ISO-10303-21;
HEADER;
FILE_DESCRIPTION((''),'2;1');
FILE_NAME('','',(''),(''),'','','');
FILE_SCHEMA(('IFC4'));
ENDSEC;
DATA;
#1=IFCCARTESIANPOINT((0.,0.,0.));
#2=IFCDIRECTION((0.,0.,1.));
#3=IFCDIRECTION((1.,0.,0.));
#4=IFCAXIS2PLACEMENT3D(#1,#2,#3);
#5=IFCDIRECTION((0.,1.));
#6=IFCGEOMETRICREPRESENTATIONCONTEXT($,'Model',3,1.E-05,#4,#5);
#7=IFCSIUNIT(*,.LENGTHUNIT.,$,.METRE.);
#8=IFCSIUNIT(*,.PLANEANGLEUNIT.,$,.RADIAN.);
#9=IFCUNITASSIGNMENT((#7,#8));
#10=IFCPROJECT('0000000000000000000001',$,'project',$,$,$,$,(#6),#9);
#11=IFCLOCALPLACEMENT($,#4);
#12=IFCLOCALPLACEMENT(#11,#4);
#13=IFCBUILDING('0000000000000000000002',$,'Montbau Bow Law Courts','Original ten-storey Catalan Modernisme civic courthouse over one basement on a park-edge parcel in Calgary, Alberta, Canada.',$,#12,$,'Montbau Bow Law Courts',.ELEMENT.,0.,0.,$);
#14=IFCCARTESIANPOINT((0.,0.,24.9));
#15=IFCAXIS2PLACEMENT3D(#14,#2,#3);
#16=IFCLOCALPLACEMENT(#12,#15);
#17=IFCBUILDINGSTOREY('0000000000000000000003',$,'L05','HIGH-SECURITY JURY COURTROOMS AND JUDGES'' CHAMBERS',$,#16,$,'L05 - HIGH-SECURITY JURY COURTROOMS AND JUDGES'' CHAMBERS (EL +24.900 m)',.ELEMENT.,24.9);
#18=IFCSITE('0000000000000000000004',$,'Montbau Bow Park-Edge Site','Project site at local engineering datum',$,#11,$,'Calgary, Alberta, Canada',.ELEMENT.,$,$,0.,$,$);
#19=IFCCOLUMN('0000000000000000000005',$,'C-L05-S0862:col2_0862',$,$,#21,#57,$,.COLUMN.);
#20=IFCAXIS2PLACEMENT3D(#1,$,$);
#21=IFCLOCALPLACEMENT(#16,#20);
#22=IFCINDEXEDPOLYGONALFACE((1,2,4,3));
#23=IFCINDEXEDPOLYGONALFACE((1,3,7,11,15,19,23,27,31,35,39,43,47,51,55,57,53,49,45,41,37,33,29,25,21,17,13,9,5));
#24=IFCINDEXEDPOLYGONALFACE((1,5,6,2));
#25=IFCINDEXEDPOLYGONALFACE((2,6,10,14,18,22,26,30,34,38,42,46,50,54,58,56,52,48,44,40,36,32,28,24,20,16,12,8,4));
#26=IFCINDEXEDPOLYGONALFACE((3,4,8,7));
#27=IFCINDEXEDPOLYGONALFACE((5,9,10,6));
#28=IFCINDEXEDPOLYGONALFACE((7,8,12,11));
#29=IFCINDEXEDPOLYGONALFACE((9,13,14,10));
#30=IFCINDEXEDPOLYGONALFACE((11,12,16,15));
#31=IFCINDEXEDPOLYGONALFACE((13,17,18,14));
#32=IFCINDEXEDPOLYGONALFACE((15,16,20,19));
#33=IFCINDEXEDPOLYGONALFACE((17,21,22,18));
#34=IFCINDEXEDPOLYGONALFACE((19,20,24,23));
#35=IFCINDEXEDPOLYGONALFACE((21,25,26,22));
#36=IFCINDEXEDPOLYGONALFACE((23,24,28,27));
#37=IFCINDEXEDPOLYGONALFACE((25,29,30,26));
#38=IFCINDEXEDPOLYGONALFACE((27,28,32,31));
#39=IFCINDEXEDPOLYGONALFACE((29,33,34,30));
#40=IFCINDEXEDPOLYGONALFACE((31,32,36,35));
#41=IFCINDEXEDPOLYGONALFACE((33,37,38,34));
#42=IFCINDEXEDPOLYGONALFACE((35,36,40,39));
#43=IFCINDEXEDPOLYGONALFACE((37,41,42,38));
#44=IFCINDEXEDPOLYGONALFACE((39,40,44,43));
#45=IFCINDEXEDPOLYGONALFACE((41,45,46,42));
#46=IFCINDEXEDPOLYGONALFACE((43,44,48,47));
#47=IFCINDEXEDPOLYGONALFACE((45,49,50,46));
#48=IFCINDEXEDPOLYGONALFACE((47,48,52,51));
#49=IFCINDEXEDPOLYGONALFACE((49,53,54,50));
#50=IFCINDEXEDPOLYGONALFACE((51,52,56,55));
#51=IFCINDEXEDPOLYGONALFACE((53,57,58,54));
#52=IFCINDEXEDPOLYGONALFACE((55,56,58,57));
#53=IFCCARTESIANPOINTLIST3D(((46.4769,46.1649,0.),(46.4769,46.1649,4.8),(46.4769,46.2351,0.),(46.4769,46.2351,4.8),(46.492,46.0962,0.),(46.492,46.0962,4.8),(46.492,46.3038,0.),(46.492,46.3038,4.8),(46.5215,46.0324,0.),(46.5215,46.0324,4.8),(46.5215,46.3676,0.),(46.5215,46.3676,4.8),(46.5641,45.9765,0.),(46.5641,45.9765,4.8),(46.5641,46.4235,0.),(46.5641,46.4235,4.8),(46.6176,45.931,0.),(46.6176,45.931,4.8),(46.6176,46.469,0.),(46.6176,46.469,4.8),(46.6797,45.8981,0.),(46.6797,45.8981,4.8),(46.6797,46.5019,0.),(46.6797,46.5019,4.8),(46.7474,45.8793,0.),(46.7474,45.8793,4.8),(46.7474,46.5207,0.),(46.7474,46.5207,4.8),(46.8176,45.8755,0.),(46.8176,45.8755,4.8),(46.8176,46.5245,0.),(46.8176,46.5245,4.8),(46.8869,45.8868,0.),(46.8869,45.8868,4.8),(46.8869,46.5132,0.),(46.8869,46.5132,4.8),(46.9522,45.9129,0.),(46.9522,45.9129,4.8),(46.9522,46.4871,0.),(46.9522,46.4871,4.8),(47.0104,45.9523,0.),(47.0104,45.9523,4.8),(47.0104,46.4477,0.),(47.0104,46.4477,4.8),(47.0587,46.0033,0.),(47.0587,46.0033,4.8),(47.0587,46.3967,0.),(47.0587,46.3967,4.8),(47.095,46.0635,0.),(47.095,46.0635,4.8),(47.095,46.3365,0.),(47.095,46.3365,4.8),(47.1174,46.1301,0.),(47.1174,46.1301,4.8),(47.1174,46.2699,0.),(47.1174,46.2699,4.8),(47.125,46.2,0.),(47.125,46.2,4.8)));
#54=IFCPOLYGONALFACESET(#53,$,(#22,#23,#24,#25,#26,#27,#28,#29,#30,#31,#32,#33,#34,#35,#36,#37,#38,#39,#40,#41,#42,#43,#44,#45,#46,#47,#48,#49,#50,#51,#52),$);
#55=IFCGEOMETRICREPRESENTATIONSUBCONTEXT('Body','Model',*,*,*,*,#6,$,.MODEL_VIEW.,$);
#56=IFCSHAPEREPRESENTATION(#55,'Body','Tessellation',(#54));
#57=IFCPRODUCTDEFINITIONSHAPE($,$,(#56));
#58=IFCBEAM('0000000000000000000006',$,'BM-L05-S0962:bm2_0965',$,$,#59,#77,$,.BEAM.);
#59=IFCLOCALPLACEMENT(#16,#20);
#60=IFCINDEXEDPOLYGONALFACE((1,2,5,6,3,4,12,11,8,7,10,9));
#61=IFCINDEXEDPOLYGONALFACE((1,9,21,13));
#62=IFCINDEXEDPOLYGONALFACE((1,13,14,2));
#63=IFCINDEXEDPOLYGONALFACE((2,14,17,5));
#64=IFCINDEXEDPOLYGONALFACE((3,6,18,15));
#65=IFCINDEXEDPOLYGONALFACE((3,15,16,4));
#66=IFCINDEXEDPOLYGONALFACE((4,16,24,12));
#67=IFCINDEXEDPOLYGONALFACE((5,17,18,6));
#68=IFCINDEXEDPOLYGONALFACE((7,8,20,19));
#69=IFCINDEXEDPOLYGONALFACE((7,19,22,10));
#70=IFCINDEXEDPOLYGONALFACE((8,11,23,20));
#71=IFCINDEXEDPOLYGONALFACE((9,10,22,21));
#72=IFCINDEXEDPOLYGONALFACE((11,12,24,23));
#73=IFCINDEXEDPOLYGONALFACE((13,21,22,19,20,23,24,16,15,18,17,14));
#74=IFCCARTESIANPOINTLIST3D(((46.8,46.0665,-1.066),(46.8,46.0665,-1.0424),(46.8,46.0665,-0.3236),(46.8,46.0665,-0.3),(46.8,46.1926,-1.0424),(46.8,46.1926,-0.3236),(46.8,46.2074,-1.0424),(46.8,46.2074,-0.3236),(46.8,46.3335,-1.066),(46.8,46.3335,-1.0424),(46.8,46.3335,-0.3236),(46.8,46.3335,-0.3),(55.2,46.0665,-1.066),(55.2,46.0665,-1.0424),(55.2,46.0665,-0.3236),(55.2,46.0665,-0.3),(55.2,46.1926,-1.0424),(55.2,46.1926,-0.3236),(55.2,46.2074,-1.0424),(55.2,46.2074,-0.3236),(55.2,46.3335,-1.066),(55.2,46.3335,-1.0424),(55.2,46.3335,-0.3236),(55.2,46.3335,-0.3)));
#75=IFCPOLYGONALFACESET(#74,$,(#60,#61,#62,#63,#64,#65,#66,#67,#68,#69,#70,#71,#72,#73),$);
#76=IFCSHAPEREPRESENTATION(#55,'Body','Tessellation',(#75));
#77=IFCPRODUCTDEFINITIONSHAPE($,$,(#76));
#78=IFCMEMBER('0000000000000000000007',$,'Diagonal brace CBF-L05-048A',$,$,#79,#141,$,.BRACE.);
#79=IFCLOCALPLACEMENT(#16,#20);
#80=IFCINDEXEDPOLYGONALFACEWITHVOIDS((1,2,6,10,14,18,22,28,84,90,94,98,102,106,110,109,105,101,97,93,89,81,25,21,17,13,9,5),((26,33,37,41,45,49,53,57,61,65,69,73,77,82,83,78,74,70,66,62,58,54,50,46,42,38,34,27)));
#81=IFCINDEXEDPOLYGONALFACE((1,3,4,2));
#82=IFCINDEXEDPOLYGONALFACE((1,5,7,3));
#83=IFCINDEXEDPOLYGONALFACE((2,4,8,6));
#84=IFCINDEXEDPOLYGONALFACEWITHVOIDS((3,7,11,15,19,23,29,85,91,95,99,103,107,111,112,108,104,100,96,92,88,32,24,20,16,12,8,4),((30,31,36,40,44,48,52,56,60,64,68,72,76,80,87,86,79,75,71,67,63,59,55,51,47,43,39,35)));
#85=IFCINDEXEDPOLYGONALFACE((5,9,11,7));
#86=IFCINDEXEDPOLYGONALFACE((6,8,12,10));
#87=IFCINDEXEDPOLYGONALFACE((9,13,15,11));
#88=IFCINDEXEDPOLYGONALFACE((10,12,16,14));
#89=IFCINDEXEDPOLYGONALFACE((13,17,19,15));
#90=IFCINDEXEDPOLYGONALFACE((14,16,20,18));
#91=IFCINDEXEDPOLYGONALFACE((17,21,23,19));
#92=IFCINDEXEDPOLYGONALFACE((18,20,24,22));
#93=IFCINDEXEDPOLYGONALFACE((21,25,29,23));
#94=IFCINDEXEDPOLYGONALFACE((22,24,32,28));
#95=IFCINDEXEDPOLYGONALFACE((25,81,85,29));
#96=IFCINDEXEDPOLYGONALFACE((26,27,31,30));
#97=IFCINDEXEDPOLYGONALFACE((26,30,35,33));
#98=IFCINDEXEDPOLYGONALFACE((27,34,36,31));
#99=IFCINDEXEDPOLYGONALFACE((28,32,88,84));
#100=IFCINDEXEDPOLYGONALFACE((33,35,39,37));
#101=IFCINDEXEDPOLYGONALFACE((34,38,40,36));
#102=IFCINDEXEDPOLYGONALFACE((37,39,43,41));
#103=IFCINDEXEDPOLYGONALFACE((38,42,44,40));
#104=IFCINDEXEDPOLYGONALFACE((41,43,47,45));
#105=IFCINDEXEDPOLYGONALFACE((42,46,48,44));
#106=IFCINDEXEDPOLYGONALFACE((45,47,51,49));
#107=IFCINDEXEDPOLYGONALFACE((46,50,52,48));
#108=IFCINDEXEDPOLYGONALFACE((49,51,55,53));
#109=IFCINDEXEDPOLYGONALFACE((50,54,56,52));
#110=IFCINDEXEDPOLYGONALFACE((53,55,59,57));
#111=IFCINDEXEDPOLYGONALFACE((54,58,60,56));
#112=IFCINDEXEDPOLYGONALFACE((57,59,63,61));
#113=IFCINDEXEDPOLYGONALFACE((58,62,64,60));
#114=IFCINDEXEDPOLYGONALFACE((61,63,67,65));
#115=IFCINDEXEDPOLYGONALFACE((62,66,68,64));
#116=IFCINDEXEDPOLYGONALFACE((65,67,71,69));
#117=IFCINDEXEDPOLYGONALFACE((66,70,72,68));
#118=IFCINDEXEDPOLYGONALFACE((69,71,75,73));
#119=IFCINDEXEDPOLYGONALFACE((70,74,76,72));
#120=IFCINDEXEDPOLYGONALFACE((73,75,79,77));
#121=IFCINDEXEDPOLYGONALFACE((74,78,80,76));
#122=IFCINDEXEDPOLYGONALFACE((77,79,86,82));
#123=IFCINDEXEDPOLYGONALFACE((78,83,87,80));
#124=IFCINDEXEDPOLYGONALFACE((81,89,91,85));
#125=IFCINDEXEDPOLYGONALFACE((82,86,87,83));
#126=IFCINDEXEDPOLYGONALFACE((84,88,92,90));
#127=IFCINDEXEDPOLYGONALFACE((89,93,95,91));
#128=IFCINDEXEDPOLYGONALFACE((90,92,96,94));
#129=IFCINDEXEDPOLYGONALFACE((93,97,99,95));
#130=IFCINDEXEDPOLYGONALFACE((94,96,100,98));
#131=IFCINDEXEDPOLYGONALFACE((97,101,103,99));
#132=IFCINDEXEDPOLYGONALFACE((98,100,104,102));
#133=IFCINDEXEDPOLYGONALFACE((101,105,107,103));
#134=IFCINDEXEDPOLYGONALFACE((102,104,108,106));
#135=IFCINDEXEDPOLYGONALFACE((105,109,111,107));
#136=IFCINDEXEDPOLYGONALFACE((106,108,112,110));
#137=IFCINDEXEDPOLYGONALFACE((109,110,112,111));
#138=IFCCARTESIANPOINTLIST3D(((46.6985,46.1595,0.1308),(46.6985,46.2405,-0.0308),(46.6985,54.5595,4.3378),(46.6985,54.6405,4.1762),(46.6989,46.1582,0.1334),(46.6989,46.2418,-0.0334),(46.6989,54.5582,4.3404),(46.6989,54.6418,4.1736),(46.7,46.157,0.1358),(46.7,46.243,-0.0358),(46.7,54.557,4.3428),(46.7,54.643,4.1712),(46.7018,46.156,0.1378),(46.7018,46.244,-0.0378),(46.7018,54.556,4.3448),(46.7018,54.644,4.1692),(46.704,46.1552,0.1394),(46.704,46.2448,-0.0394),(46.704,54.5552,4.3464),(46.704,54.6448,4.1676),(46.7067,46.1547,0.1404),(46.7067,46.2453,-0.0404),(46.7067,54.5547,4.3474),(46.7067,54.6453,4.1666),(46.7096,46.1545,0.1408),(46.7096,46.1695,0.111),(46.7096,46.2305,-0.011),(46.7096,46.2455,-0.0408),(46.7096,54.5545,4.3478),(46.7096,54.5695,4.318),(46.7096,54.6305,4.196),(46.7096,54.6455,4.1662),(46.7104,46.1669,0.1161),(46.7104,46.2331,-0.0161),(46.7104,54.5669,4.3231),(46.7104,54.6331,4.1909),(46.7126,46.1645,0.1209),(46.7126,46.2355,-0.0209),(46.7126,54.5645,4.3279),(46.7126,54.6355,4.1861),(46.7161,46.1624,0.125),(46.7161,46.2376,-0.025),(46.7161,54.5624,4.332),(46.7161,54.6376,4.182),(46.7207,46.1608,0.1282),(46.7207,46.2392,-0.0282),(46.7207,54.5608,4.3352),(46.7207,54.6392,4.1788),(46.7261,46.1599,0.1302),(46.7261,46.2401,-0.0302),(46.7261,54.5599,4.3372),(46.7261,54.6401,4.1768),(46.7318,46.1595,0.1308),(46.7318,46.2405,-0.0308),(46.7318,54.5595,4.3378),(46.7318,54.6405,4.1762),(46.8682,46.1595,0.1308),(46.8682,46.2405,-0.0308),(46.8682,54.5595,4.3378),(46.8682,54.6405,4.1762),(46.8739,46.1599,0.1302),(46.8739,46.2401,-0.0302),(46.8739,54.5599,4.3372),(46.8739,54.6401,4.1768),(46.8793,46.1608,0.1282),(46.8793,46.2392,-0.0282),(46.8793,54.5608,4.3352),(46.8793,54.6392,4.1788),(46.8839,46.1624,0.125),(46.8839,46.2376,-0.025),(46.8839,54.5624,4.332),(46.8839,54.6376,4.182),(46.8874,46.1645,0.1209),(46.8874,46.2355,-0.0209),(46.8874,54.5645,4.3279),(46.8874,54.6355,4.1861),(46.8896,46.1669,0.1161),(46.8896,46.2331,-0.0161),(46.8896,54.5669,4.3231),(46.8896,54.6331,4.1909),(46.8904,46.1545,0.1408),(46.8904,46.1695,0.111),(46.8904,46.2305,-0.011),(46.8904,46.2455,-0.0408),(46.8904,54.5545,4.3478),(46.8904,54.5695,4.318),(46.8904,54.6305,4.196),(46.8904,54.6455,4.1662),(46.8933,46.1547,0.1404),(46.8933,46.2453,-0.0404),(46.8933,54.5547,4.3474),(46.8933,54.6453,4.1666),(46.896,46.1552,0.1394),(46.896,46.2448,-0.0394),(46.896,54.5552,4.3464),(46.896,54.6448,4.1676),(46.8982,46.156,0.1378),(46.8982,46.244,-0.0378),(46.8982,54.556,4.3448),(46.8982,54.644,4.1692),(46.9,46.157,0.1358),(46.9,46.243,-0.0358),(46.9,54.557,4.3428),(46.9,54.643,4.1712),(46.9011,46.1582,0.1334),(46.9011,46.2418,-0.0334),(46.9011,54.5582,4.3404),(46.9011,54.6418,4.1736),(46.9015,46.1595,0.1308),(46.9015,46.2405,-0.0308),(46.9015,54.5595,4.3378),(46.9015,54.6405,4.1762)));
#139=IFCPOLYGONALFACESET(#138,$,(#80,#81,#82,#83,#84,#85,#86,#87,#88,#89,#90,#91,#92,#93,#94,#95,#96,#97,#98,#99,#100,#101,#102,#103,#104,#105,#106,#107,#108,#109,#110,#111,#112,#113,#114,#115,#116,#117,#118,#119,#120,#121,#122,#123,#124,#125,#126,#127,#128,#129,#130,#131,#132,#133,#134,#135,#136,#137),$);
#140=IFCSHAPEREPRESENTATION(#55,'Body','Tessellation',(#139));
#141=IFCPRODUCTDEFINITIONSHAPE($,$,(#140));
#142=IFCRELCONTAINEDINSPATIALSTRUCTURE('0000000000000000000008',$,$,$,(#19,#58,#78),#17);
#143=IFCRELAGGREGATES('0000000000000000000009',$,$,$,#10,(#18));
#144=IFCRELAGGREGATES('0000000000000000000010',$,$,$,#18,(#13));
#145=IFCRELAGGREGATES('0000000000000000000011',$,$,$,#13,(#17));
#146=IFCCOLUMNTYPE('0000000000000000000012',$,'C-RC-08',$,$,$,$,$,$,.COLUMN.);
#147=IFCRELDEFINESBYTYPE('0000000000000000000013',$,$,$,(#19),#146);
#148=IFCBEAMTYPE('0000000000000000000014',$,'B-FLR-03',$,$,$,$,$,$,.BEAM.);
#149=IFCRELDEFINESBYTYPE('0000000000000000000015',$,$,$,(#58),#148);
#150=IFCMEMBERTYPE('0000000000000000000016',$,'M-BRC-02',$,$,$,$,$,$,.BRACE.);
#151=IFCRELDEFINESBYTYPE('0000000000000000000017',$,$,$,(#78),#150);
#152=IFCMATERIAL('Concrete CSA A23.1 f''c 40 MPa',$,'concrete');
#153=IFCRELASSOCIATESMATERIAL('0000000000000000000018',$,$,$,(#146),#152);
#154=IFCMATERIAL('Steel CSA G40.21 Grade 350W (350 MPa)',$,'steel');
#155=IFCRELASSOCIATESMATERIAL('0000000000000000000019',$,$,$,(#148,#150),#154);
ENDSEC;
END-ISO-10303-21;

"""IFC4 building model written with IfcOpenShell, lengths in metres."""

from ifc_helpers import new_model, si_unit, direction, frame, origin_with_axes, origin_2d_with_axis, place, context, subcontext, project, spatial, hollow_rectangle, circle, i_section, extrude, material, material_profile, profile_set, type_object, element, save


model = new_model("IFC4")

# Units and contexts
model_context = context("Model", 3, precision=1e-05, world=origin_with_axes(), true_north=direction((0.0, 1.0)))
body_context = subcontext(model_context, "Body", "Model", "MODEL_VIEW")
ifc_project = project(units=[si_unit("LENGTHUNIT", "METRE"), si_unit("PLANEANGLEUNIT", "RADIAN")], contexts=[model_context])

# Site, building, storey
site_placement = place(None, origin_with_axes())
site = spatial("IfcSite", under=ifc_project, at=site_placement, Name="Montbau Bow Park-Edge Site", Description="Project site at local engineering datum", LongName="Calgary, Alberta, Canada", CompositionType="ELEMENT", RefElevation=0.0)
building_placement = place(site_placement, origin_with_axes())
building = spatial("IfcBuilding", under=site, at=building_placement, Name="Montbau Bow Law Courts", Description="Original ten-storey Catalan Modernisme civic courthouse over one basement on a park-edge parcel in Calgary, Alberta, Canada.", LongName="Montbau Bow Law Courts", CompositionType="ELEMENT", ElevationOfRefHeight=0.0, ElevationOfTerrain=0.0)
storey_placement = place(building_placement, frame((0.0, 0.0, 24.9), z_axis=(0.0, 0.0, 1.0), x_axis=(1.0, 0.0, 0.0)))
storey = spatial("IfcBuildingStorey", under=building, at=storey_placement, Name="L05", Description="HIGH-SECURITY JURY COURTROOMS AND JUDGES' CHAMBERS", LongName="L05 - HIGH-SECURITY JURY COURTROOMS AND JUDGES' CHAMBERS (EL +24.900 m)", CompositionType="ELEMENT", Elevation=24.9)

# Column
ifc_material_1 = material(Name="Concrete CSA A23.1 f'c 40 MPa", Category="concrete")
ifc_material_profile_1 = material_profile(ifc_material_1, circle(Radius=0.325, at=origin_2d_with_axis()), Name="RC650D", Category="Main", Priority=0)
ifc_profile_set_1 = profile_set([ifc_material_profile_1], Name="Concrete CSA A23.1 f'c 40 MPa")
column_type = type_object("IfcColumnType", Name="C-RC-08", PredefinedType="COLUMN", material=ifc_profile_set_1)
column_placement = place(None, frame((46.8, 46.2, 24.9), z_axis=(0.0, 0.0, 1.0), x_axis=(1.0, 0.0, 0.0)))
element("IfcColumn", 1, at=column_placement, inside=storey, type_object=column_type, Name="C-L05-S0862:col2_0862", PredefinedType="COLUMN", context=body_context, shape_type="SweptSolid", body=[
    extrude(circle(Radius=0.325, at=origin_2d_with_axis()), origin_with_axes(), (0.0, 0.0, 1.0), 4.8),
])

# Beam
ifc_material_2 = material(Name="Steel CSA G40.21 Grade 350W (350 MPa)", Category="steel")
ifc_material_profile_2 = material_profile(ifc_material_2, i_section(OverallWidth=0.267, OverallDepth=0.766, WebThickness=0.0149, FlangeThickness=0.0236, at=origin_2d_with_axis()), Name="W760X185", Category="Main", Priority=0)
ifc_profile_set_2 = profile_set([ifc_material_profile_2], Name="Steel CSA G40.21 Grade 350W (350 MPa)")
beam_type = type_object("IfcBeamType", Name="B-FLR-03", PredefinedType="BEAM", material=ifc_profile_set_2)
beam_placement = place(None, frame((46.8, 46.2, 24.217), z_axis=(1.0, 0.0, 0.0), x_axis=(0.0, 1.0, 0.0)))
element("IfcBeam", 2, at=beam_placement, inside=storey, type_object=beam_type, Name="BM-L05-S0962:bm2_0965", PredefinedType="BEAM", context=body_context, shape_type="SweptSolid", body=[
    extrude(i_section(OverallWidth=0.267, OverallDepth=0.766, WebThickness=0.0149, FlangeThickness=0.0236, at=origin_2d_with_axis()), origin_with_axes(), (0.0, 0.0, 1.0), 8.4),
])

# Member
ifc_material_profile_3 = material_profile(ifc_material_2, hollow_rectangle(XDim=0.203, YDim=0.203, WallThickness=0.0111, InnerFilletRadius=0.0222, OuterFilletRadius=0.0111, at=origin_2d_with_axis()), Name="HSS203X203X11", Category="Main", Priority=0)
ifc_profile_set_3 = profile_set([ifc_material_profile_3], Name="Steel CSA G40.21 Grade 350W (350 MPa)")
member_type_1 = type_object("IfcMemberType", Name="M-BRC-02", PredefinedType="BRACE", material=ifc_profile_set_3)
member_1_placement = place(None, frame((46.8, 46.2, 24.95), z_axis=(0.0, 0.894129, 0.44781), x_axis=(-1.0, 0.0, 0.0)))
element("IfcMember", 3, at=member_1_placement, inside=storey, type_object=member_type_1, Name="Diagonal brace CBF-L05-048A", PredefinedType="BRACE", context=body_context, shape_type="SweptSolid", body=[
    extrude(hollow_rectangle(XDim=0.203, YDim=0.203, WallThickness=0.0111, InnerFilletRadius=0.0222, OuterFilletRadius=0.0111, at=origin_2d_with_axis()), origin_with_axes(), (0.0, 0.0, 1.0), 9.3946),
])

save(model, "model.ifc")
